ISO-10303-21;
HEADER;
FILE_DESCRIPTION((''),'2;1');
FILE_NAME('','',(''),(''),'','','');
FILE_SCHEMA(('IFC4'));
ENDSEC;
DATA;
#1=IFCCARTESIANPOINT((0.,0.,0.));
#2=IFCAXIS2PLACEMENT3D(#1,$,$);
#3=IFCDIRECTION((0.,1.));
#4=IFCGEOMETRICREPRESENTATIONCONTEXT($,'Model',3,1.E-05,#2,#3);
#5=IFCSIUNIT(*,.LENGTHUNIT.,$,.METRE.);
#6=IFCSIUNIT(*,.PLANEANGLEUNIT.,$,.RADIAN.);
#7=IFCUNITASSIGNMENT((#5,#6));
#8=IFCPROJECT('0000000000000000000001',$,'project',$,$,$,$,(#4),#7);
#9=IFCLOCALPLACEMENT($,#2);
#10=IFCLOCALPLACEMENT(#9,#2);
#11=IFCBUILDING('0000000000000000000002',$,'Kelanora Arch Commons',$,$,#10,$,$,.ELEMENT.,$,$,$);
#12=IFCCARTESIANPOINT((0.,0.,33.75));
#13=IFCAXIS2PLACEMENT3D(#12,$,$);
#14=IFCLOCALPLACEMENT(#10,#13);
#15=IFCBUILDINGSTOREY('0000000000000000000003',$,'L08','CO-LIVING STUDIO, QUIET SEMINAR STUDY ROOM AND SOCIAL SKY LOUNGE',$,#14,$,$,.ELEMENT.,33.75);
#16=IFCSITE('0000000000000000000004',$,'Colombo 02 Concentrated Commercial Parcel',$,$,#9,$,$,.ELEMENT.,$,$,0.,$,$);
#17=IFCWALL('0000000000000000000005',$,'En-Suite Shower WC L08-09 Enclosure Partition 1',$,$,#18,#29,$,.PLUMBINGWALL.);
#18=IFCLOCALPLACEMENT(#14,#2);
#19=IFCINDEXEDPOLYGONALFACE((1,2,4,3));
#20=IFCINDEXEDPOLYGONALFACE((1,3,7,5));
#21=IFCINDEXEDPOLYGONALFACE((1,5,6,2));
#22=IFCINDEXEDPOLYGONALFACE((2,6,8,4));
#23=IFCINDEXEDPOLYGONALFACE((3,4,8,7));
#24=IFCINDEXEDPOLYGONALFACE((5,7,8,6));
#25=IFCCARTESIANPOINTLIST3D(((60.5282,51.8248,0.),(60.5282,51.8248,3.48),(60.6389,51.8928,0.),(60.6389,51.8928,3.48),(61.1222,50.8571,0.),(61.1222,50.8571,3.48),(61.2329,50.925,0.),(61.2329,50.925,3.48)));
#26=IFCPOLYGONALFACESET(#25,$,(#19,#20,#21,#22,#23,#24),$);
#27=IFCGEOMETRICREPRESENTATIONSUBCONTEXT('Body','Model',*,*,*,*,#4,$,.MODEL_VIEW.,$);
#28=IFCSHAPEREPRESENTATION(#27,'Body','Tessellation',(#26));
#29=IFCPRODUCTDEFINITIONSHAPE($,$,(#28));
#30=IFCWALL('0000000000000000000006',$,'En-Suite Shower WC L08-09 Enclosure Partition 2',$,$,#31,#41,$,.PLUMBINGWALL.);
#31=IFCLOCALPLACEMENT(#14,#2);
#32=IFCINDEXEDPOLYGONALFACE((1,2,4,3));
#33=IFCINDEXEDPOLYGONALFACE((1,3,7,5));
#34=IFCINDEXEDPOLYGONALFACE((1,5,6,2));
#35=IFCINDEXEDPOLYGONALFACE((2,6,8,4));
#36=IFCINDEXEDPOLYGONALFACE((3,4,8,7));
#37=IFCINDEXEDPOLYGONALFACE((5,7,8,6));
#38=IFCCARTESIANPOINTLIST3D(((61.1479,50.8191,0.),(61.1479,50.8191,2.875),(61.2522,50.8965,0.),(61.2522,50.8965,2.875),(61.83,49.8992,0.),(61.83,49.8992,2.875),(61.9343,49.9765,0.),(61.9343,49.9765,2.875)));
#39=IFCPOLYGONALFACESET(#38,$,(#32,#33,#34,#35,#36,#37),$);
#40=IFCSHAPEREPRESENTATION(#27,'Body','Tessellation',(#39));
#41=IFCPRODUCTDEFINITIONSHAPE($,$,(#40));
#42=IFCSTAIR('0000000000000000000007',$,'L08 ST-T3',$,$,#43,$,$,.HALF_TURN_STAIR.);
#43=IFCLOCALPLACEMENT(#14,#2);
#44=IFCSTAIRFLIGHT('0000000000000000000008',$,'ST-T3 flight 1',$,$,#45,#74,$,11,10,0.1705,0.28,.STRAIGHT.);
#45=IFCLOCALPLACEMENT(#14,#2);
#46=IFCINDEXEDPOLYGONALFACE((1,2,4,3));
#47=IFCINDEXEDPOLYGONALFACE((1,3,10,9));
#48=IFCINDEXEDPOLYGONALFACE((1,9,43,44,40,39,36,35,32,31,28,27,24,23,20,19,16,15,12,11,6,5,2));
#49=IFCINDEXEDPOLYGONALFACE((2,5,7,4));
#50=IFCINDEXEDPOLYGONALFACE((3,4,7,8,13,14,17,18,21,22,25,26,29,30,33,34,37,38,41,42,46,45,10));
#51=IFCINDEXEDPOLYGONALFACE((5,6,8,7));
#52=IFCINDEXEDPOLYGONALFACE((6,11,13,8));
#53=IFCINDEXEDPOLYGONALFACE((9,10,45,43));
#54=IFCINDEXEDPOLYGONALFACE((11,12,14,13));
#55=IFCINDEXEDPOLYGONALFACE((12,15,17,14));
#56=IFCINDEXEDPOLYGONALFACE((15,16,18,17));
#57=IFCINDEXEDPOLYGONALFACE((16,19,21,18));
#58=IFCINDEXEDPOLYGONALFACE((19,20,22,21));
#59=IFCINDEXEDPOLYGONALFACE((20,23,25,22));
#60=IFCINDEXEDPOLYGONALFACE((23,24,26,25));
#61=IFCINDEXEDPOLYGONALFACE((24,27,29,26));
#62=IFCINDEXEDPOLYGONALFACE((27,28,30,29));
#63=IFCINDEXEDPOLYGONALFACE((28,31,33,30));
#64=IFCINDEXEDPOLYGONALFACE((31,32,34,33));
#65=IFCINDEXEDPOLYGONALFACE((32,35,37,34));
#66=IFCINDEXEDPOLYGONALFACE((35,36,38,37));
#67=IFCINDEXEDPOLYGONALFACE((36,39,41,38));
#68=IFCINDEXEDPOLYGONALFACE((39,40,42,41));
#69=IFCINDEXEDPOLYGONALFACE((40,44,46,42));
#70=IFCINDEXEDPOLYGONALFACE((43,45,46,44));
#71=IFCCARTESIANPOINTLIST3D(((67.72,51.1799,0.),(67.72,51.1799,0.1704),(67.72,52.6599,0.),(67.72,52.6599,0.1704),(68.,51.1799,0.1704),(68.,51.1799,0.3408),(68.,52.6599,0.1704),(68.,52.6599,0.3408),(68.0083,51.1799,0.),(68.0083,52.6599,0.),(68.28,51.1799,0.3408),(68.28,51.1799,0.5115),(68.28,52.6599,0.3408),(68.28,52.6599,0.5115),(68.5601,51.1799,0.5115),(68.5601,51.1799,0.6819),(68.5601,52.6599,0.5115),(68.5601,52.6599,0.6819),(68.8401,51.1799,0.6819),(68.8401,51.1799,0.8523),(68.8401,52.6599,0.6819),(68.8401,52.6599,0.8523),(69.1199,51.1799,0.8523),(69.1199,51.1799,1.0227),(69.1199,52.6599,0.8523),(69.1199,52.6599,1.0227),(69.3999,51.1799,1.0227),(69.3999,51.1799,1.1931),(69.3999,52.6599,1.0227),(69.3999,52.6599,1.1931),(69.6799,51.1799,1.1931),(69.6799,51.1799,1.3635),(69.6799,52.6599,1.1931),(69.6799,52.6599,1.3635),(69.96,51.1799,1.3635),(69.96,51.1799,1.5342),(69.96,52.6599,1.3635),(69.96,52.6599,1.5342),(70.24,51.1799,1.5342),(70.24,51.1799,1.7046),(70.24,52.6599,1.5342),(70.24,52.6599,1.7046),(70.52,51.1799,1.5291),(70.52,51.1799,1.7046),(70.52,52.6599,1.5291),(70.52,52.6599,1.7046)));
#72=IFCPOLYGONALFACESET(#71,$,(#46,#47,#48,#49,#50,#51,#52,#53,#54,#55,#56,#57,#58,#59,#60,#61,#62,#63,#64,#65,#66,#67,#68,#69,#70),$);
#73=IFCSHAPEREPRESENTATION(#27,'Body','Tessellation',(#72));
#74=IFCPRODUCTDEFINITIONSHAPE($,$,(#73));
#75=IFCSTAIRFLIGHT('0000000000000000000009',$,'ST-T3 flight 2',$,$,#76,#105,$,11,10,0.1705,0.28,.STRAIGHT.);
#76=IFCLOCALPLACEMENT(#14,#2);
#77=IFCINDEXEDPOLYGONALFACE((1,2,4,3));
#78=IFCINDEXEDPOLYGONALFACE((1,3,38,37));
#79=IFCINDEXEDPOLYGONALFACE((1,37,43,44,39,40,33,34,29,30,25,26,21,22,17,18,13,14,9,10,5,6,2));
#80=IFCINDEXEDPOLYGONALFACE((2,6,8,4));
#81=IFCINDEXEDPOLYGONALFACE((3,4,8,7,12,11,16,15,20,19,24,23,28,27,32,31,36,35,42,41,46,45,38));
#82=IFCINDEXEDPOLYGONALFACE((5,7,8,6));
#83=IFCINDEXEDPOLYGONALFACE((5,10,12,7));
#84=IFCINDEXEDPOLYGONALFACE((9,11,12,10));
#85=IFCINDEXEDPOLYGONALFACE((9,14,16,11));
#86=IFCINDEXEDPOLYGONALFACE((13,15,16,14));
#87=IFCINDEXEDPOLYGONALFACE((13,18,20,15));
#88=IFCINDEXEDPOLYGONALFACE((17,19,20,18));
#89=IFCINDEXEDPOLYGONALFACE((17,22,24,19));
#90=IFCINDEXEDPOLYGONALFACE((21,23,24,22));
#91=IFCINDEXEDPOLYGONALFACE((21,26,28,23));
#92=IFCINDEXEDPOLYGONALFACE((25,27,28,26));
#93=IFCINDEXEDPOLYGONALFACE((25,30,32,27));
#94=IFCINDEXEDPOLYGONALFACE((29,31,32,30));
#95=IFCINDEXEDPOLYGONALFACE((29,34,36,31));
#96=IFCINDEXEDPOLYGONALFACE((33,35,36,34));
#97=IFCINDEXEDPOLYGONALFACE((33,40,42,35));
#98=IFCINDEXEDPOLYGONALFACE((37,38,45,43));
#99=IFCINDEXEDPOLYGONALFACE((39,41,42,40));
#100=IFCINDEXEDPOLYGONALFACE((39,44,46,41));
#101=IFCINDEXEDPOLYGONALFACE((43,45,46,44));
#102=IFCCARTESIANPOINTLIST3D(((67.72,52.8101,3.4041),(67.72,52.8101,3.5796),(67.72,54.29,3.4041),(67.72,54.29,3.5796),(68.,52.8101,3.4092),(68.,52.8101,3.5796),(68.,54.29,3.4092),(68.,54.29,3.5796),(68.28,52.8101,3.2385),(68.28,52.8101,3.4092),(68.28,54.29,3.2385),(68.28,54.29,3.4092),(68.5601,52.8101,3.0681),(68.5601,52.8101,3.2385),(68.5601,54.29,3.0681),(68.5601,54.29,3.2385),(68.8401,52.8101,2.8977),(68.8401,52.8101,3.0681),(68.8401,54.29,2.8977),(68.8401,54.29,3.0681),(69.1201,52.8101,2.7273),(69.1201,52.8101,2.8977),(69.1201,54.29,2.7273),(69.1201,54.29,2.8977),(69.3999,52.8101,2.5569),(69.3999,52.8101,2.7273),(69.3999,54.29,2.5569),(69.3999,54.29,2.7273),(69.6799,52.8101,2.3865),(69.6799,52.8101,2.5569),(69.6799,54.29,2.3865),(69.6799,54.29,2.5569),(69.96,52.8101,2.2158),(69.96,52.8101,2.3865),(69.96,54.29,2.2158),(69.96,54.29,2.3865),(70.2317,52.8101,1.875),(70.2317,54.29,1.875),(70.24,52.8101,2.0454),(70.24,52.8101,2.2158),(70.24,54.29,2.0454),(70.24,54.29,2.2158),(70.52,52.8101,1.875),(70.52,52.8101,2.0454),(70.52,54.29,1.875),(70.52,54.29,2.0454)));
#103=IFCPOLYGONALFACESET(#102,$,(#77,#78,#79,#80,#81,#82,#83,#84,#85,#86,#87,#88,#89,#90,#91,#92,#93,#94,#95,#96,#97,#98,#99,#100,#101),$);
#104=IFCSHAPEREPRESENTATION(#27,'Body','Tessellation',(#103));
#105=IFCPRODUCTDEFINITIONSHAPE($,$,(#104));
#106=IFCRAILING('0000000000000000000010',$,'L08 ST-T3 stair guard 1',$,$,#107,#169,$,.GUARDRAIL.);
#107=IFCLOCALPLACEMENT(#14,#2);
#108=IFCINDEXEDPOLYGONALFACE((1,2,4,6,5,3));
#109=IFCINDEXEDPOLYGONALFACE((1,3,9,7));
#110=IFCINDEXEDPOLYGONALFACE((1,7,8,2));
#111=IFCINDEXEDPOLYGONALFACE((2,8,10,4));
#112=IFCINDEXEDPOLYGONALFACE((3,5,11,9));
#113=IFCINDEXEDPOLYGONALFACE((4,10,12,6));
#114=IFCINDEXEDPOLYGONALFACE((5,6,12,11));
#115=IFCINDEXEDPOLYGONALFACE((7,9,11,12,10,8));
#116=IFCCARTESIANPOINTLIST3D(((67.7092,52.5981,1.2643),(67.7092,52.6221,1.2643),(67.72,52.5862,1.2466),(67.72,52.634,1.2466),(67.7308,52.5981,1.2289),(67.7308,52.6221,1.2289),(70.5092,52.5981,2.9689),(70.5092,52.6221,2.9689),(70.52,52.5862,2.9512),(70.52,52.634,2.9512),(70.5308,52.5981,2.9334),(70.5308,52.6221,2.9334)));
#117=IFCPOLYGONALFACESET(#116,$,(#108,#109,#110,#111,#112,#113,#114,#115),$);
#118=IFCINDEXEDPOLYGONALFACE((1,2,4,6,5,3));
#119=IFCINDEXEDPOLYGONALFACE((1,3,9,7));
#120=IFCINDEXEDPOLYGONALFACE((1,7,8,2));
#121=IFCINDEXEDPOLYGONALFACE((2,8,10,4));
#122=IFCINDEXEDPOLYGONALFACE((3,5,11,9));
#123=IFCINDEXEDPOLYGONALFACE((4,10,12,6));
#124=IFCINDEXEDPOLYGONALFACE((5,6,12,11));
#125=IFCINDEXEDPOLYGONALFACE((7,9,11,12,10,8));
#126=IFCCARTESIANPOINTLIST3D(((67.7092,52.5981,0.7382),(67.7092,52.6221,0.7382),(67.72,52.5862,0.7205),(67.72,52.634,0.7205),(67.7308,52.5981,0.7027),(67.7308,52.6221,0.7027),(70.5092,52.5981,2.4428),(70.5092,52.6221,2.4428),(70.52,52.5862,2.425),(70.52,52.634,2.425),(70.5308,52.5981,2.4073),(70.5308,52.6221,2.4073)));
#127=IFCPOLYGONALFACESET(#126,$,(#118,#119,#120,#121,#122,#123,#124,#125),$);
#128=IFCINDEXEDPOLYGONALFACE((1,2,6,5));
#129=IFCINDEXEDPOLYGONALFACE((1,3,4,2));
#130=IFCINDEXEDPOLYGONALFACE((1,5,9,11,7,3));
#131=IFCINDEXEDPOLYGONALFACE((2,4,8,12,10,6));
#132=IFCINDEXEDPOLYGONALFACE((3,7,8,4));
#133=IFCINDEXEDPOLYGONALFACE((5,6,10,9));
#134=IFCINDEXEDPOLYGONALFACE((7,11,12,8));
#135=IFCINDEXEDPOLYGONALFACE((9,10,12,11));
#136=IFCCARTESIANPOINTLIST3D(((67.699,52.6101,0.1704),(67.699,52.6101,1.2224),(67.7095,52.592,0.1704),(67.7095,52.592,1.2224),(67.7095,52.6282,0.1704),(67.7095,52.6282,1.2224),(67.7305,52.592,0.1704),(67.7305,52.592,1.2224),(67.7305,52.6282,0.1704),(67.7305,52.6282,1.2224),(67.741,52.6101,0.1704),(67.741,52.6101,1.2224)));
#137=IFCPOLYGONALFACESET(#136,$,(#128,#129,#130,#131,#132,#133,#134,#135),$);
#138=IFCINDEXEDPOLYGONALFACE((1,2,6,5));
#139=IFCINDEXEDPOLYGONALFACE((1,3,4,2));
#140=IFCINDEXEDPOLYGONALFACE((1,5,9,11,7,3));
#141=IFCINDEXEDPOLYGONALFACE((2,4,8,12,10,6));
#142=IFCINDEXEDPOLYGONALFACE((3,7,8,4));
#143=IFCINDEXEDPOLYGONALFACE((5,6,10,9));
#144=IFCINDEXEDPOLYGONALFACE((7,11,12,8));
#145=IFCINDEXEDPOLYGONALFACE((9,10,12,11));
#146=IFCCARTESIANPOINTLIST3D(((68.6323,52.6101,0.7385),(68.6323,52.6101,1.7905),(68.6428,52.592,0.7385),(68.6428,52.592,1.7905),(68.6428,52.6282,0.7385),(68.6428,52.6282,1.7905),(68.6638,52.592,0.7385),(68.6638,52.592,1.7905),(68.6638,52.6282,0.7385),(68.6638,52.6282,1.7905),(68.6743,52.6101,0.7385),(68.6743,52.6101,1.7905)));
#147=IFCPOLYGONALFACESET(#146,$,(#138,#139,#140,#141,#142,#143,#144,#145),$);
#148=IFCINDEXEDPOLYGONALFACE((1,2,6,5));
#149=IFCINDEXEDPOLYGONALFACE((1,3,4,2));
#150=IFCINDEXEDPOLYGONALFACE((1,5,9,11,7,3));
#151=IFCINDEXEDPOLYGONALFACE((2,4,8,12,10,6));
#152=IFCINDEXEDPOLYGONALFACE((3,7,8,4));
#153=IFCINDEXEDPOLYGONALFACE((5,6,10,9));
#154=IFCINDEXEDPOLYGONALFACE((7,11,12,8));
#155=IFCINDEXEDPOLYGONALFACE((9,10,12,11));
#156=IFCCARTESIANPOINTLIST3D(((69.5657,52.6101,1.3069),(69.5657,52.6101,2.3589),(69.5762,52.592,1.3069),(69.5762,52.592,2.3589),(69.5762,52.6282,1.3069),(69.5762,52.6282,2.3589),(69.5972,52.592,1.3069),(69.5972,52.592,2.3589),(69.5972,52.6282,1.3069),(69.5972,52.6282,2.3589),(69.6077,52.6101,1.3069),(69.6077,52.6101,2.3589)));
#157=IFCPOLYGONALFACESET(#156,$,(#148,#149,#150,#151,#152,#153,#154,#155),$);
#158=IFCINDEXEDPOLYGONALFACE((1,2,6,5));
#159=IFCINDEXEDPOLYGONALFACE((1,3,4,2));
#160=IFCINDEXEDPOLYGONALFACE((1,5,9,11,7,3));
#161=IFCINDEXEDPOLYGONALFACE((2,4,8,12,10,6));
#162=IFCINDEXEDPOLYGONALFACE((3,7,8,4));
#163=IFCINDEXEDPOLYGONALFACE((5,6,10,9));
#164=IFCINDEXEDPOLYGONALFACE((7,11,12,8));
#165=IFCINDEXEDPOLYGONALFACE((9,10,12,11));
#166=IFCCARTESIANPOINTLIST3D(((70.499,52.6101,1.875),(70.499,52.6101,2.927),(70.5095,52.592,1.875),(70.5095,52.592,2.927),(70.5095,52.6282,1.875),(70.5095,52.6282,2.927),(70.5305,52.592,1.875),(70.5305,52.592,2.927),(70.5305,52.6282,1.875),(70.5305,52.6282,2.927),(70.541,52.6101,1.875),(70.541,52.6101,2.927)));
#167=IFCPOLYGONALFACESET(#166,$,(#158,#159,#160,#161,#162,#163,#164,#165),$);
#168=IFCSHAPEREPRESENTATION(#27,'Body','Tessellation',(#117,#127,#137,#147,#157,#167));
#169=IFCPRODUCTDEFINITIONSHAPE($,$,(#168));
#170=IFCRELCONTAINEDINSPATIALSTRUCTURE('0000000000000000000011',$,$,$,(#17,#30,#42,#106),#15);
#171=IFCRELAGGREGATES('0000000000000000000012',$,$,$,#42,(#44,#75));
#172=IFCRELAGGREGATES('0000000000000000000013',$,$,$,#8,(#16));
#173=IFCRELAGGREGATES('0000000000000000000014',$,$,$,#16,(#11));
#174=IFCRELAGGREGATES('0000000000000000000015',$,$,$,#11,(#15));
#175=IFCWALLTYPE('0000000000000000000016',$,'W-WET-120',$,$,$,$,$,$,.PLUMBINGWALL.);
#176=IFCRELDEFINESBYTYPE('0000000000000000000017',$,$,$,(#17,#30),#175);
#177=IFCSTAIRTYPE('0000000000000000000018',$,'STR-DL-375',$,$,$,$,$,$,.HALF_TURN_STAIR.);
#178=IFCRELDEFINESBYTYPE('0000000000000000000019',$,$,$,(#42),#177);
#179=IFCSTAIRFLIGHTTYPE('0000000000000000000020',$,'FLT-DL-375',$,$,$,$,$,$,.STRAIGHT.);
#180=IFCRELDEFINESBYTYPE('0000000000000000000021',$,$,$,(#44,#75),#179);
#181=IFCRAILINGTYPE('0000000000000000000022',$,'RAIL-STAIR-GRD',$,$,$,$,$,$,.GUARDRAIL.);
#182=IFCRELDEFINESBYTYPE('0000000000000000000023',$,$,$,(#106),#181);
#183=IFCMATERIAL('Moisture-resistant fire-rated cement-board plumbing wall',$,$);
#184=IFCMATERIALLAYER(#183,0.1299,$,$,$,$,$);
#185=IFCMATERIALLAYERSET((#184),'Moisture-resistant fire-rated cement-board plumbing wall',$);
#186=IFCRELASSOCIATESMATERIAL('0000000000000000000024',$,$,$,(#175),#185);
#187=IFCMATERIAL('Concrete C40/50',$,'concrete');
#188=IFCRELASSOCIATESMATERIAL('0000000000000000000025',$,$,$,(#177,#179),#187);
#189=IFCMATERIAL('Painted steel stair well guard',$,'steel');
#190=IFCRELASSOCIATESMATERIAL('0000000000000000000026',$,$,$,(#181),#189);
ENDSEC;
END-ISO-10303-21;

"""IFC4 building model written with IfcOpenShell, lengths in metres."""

from ifc_helpers import new_model, si_unit, direction, frame, frame_2d, origin, place, context, subcontext, project, spatial, polyline, rectangle, outline, extrude, material, layer, layer_set, type_object, element, aggregate, save


model = new_model("IFC4")

# Units and contexts
model_context = context("Model", 3, precision=1e-05, world=origin(), true_north=direction((0.0, 1.0)))
body_context = subcontext(model_context, "Body", "Model", "MODEL_VIEW")
ifc_project = project(units=[si_unit("LENGTHUNIT", "METRE"), si_unit("PLANEANGLEUNIT", "RADIAN")], contexts=[model_context])

# Site, building, storey
site_placement = place(None, origin())
site = spatial("IfcSite", under=ifc_project, at=site_placement, Name="Colombo 02 Concentrated Commercial Parcel", CompositionType="ELEMENT", RefElevation=0.0)
building_placement = place(site_placement, origin())
building = spatial("IfcBuilding", under=site, at=building_placement, Name="Kelanora Arch Commons", CompositionType="ELEMENT")
storey_placement = place(building_placement, frame((0.0, 0.0, 33.75)))
storey = spatial("IfcBuildingStorey", under=building, at=storey_placement, Name="L08", Description="CO-LIVING STUDIO, QUIET SEMINAR STUDY ROOM AND SOCIAL SKY LOUNGE", CompositionType="ELEMENT", Elevation=33.75)

# Shared definitions
ifc_material_1 = material(Name="Concrete C40/50", Category="concrete")

# Shared definitions
ifc_material_2 = material(Name="Moisture-resistant fire-rated cement-board plumbing wall")
ifc_layer_1 = layer(ifc_material_2, 0.1299)
ifc_layer_set_1 = layer_set([ifc_layer_1], Name="Moisture-resistant fire-rated cement-board plumbing wall")
wall_type_1 = type_object("IfcWallType", Name="W-WET-120", PredefinedType="PLUMBINGWALL", material=ifc_layer_set_1)

# Walls
wall_1_placement = place(storey_placement, frame((60.5835, 51.8589, 0.0), z_axis=(0.0, 0.0, 1.0), x_axis=(0.523101, -0.85227, 0.0)))
element("IfcWall", 1, at=wall_1_placement, inside=storey, type_object=wall_type_1, Name="En-Suite Shower WC L08-09 Enclosure Partition 1", PredefinedType="PLUMBINGWALL", context=body_context, shape_type="SweptSolid", body=[
    extrude(rectangle(XDim=1.1355, YDim=0.1299, at=frame_2d((0.5679, 0.0))), origin(), (0.0, 0.0, 1.0), 3.48),
])
wall_2_placement = place(storey_placement, frame((61.2, 50.8579, 0.0), z_axis=(0.0, 0.0, 1.0), x_axis=(0.595625, -0.803263, 0.0)))
element("IfcWall", 2, at=wall_2_placement, inside=storey, type_object=wall_type_1, Name="En-Suite Shower WC L08-09 Enclosure Partition 2", PredefinedType="PLUMBINGWALL", context=body_context, shape_type="SweptSolid", body=[
    extrude(rectangle(XDim=1.1453, YDim=0.1299, at=frame_2d((0.5728, 0.0))), origin(), (0.0, 0.0, 1.0), 2.875),
])

# Stair, stair flights
stair_type = type_object("IfcStairType", Name="STR-DL-375", PredefinedType="HALF_TURN_STAIR", material=ifc_material_1)
stair_placement = place(storey_placement, origin())
stair = element("IfcStair", 3, at=stair_placement, inside=storey, type_object=stair_type, Name="L08 ST-T3", PredefinedType="HALF_TURN_STAIR")
stair_flight_type = type_object("IfcStairFlightType", Name="FLT-DL-375", PredefinedType="STRAIGHT", material=ifc_material_1)
stair_flight_1_placement = place(storey_placement, frame((67.72, 51.9199, 0.0), z_axis=(0.0, 0.0, 1.0), x_axis=(1.0, 0.0, 0.0)))
stair_flight_1 = element("IfcStairFlight", 4, at=stair_flight_1_placement, type_object=stair_flight_type, Name="ST-T3 flight 1", NumberOfRisers=11, NumberOfTreads=10, PredefinedType="STRAIGHT", RiserHeight=0.1705, TreadLength=0.28, context=body_context, shape_type="SweptSolid", body=[
    extrude(outline(polyline([(0.0, 0.0), (0.0, 0.1704), (0.28, 0.1704), (0.28, 0.3408), (0.5601, 0.3408), (0.5601, 0.5115), (0.8401, 0.5115), (0.8401, 0.6819), (1.1201, 0.6819), (1.1201, 0.8523), (1.3999, 0.8523), (1.3999, 1.0227), (1.6799, 1.0227), (1.6799, 1.1931), (1.96, 1.1931), (1.96, 1.3635), (2.24, 1.3635), (2.24, 1.5342), (2.52, 1.5342), (2.52, 1.7046), (2.8, 1.7046), (2.8, 1.875), (2.8, 1.5291), (0.2883, 0.0), (0.0, 0.0)])), frame((0.0, 0.74, 0.0), z_axis=(0.0, -1.0, 0.0), x_axis=(1.0, 0.0, 0.0)), (0.0, 0.0, 1.0), 1.48),
])
stair_flight_2_placement = place(storey_placement, frame((70.52, 53.55, 1.875), z_axis=(0.0, 0.0, 1.0), x_axis=(-1.0, 0.0, 0.0)))
stair_flight_2 = element("IfcStairFlight", 5, at=stair_flight_2_placement, type_object=stair_flight_type, Name="ST-T3 flight 2", NumberOfRisers=11, NumberOfTreads=10, PredefinedType="STRAIGHT", RiserHeight=0.1705, TreadLength=0.28, context=body_context, shape_type="SweptSolid", body=[
    extrude(outline(polyline([(0.0, 0.0), (0.0, 0.1704), (0.28, 0.1704), (0.28, 0.3408), (0.5601, 0.3408), (0.5601, 0.5115), (0.8401, 0.5115), (0.8401, 0.6819), (1.1201, 0.6819), (1.1201, 0.8523), (1.3999, 0.8523), (1.3999, 1.0227), (1.6799, 1.0227), (1.6799, 1.1931), (1.96, 1.1931), (1.96, 1.3635), (2.24, 1.3635), (2.24, 1.5342), (2.52, 1.5342), (2.52, 1.7046), (2.8, 1.7046), (2.8, 1.875), (2.8, 1.5291), (0.2883, 0.0), (0.0, 0.0)])), frame((0.0, 0.74, 0.0), z_axis=(0.0, -1.0, 0.0), x_axis=(1.0, 0.0, 0.0)), (0.0, 0.0, 1.0), 1.48),
])
aggregate(stair, [stair_flight_1, stair_flight_2])

# Railing
ifc_material_3 = material(Name="Painted steel stair well guard", Category="steel")
railing_type_1 = type_object("IfcRailingType", Name="RAIL-STAIR-GRD", PredefinedType="GUARDRAIL", material=ifc_material_3)
railing_1_placement = place(storey_placement, frame((67.72, 52.6101, 0.1704)))
element("IfcRailing", 6, at=railing_1_placement, inside=storey, type_object=railing_type_1, Name="L08 ST-T3 stair guard 1", PredefinedType="GUARDRAIL", context=body_context, shape_type="SweptSolid", body=[
    extrude(outline(polyline([(0.0239, 0.0), (0.012, 0.0208), (-0.012, 0.0208), (-0.0239, 0.0), (-0.012, -0.0208), (0.012, -0.0208), (0.0239, 0.0)])), frame((0.0, 0.0, 1.0762), z_axis=(0.85417, 0.0, 0.519994), x_axis=(0.0, 1.0, 0.0)), (0.0, 0.0, 1.0), 3.2781),
    extrude(outline(polyline([(0.0239, 0.0), (0.012, 0.0208), (-0.012, 0.0208), (-0.0239, 0.0), (-0.012, -0.0208), (0.012, -0.0208), (0.0239, 0.0)])), frame((0.0, 0.0, 0.55), z_axis=(0.85417, 0.0, 0.519994), x_axis=(0.0, 1.0, 0.0)), (0.0, 0.0, 1.0), 3.2781),
    extrude(outline(polyline([(0.021, 0.0), (0.0105, 0.0181), (-0.0105, 0.0181), (-0.021, 0.0), (-0.0105, -0.0181), (0.0105, -0.0181), (0.021, 0.0)])), origin(), (0.0, 0.0, 1.0), 1.052),
    extrude(outline(polyline([(0.021, 0.0), (0.0105, 0.0181), (-0.0105, 0.0181), (-0.021, 0.0), (-0.0105, -0.0181), (0.0105, -0.0181), (0.021, 0.0)])), frame((0.9333, 0.0, 0.5681)), (0.0, 0.0, 1.0), 1.052),
    extrude(outline(polyline([(0.021, 0.0), (0.0105, 0.0181), (-0.0105, 0.0181), (-0.021, 0.0), (-0.0105, -0.0181), (0.0105, -0.0181), (0.021, 0.0)])), frame((1.8667, 0.0, 1.1365)), (0.0, 0.0, 1.0), 1.052),
    extrude(outline(polyline([(0.021, 0.0), (0.0105, 0.0181), (-0.0105, 0.0181), (-0.021, 0.0), (-0.0105, -0.0181), (0.0105, -0.0181), (0.021, 0.0)])), frame((2.8, 0.0, 1.7046)), (0.0, 0.0, 1.0), 1.052),
])

save(model, "model.ifc")
